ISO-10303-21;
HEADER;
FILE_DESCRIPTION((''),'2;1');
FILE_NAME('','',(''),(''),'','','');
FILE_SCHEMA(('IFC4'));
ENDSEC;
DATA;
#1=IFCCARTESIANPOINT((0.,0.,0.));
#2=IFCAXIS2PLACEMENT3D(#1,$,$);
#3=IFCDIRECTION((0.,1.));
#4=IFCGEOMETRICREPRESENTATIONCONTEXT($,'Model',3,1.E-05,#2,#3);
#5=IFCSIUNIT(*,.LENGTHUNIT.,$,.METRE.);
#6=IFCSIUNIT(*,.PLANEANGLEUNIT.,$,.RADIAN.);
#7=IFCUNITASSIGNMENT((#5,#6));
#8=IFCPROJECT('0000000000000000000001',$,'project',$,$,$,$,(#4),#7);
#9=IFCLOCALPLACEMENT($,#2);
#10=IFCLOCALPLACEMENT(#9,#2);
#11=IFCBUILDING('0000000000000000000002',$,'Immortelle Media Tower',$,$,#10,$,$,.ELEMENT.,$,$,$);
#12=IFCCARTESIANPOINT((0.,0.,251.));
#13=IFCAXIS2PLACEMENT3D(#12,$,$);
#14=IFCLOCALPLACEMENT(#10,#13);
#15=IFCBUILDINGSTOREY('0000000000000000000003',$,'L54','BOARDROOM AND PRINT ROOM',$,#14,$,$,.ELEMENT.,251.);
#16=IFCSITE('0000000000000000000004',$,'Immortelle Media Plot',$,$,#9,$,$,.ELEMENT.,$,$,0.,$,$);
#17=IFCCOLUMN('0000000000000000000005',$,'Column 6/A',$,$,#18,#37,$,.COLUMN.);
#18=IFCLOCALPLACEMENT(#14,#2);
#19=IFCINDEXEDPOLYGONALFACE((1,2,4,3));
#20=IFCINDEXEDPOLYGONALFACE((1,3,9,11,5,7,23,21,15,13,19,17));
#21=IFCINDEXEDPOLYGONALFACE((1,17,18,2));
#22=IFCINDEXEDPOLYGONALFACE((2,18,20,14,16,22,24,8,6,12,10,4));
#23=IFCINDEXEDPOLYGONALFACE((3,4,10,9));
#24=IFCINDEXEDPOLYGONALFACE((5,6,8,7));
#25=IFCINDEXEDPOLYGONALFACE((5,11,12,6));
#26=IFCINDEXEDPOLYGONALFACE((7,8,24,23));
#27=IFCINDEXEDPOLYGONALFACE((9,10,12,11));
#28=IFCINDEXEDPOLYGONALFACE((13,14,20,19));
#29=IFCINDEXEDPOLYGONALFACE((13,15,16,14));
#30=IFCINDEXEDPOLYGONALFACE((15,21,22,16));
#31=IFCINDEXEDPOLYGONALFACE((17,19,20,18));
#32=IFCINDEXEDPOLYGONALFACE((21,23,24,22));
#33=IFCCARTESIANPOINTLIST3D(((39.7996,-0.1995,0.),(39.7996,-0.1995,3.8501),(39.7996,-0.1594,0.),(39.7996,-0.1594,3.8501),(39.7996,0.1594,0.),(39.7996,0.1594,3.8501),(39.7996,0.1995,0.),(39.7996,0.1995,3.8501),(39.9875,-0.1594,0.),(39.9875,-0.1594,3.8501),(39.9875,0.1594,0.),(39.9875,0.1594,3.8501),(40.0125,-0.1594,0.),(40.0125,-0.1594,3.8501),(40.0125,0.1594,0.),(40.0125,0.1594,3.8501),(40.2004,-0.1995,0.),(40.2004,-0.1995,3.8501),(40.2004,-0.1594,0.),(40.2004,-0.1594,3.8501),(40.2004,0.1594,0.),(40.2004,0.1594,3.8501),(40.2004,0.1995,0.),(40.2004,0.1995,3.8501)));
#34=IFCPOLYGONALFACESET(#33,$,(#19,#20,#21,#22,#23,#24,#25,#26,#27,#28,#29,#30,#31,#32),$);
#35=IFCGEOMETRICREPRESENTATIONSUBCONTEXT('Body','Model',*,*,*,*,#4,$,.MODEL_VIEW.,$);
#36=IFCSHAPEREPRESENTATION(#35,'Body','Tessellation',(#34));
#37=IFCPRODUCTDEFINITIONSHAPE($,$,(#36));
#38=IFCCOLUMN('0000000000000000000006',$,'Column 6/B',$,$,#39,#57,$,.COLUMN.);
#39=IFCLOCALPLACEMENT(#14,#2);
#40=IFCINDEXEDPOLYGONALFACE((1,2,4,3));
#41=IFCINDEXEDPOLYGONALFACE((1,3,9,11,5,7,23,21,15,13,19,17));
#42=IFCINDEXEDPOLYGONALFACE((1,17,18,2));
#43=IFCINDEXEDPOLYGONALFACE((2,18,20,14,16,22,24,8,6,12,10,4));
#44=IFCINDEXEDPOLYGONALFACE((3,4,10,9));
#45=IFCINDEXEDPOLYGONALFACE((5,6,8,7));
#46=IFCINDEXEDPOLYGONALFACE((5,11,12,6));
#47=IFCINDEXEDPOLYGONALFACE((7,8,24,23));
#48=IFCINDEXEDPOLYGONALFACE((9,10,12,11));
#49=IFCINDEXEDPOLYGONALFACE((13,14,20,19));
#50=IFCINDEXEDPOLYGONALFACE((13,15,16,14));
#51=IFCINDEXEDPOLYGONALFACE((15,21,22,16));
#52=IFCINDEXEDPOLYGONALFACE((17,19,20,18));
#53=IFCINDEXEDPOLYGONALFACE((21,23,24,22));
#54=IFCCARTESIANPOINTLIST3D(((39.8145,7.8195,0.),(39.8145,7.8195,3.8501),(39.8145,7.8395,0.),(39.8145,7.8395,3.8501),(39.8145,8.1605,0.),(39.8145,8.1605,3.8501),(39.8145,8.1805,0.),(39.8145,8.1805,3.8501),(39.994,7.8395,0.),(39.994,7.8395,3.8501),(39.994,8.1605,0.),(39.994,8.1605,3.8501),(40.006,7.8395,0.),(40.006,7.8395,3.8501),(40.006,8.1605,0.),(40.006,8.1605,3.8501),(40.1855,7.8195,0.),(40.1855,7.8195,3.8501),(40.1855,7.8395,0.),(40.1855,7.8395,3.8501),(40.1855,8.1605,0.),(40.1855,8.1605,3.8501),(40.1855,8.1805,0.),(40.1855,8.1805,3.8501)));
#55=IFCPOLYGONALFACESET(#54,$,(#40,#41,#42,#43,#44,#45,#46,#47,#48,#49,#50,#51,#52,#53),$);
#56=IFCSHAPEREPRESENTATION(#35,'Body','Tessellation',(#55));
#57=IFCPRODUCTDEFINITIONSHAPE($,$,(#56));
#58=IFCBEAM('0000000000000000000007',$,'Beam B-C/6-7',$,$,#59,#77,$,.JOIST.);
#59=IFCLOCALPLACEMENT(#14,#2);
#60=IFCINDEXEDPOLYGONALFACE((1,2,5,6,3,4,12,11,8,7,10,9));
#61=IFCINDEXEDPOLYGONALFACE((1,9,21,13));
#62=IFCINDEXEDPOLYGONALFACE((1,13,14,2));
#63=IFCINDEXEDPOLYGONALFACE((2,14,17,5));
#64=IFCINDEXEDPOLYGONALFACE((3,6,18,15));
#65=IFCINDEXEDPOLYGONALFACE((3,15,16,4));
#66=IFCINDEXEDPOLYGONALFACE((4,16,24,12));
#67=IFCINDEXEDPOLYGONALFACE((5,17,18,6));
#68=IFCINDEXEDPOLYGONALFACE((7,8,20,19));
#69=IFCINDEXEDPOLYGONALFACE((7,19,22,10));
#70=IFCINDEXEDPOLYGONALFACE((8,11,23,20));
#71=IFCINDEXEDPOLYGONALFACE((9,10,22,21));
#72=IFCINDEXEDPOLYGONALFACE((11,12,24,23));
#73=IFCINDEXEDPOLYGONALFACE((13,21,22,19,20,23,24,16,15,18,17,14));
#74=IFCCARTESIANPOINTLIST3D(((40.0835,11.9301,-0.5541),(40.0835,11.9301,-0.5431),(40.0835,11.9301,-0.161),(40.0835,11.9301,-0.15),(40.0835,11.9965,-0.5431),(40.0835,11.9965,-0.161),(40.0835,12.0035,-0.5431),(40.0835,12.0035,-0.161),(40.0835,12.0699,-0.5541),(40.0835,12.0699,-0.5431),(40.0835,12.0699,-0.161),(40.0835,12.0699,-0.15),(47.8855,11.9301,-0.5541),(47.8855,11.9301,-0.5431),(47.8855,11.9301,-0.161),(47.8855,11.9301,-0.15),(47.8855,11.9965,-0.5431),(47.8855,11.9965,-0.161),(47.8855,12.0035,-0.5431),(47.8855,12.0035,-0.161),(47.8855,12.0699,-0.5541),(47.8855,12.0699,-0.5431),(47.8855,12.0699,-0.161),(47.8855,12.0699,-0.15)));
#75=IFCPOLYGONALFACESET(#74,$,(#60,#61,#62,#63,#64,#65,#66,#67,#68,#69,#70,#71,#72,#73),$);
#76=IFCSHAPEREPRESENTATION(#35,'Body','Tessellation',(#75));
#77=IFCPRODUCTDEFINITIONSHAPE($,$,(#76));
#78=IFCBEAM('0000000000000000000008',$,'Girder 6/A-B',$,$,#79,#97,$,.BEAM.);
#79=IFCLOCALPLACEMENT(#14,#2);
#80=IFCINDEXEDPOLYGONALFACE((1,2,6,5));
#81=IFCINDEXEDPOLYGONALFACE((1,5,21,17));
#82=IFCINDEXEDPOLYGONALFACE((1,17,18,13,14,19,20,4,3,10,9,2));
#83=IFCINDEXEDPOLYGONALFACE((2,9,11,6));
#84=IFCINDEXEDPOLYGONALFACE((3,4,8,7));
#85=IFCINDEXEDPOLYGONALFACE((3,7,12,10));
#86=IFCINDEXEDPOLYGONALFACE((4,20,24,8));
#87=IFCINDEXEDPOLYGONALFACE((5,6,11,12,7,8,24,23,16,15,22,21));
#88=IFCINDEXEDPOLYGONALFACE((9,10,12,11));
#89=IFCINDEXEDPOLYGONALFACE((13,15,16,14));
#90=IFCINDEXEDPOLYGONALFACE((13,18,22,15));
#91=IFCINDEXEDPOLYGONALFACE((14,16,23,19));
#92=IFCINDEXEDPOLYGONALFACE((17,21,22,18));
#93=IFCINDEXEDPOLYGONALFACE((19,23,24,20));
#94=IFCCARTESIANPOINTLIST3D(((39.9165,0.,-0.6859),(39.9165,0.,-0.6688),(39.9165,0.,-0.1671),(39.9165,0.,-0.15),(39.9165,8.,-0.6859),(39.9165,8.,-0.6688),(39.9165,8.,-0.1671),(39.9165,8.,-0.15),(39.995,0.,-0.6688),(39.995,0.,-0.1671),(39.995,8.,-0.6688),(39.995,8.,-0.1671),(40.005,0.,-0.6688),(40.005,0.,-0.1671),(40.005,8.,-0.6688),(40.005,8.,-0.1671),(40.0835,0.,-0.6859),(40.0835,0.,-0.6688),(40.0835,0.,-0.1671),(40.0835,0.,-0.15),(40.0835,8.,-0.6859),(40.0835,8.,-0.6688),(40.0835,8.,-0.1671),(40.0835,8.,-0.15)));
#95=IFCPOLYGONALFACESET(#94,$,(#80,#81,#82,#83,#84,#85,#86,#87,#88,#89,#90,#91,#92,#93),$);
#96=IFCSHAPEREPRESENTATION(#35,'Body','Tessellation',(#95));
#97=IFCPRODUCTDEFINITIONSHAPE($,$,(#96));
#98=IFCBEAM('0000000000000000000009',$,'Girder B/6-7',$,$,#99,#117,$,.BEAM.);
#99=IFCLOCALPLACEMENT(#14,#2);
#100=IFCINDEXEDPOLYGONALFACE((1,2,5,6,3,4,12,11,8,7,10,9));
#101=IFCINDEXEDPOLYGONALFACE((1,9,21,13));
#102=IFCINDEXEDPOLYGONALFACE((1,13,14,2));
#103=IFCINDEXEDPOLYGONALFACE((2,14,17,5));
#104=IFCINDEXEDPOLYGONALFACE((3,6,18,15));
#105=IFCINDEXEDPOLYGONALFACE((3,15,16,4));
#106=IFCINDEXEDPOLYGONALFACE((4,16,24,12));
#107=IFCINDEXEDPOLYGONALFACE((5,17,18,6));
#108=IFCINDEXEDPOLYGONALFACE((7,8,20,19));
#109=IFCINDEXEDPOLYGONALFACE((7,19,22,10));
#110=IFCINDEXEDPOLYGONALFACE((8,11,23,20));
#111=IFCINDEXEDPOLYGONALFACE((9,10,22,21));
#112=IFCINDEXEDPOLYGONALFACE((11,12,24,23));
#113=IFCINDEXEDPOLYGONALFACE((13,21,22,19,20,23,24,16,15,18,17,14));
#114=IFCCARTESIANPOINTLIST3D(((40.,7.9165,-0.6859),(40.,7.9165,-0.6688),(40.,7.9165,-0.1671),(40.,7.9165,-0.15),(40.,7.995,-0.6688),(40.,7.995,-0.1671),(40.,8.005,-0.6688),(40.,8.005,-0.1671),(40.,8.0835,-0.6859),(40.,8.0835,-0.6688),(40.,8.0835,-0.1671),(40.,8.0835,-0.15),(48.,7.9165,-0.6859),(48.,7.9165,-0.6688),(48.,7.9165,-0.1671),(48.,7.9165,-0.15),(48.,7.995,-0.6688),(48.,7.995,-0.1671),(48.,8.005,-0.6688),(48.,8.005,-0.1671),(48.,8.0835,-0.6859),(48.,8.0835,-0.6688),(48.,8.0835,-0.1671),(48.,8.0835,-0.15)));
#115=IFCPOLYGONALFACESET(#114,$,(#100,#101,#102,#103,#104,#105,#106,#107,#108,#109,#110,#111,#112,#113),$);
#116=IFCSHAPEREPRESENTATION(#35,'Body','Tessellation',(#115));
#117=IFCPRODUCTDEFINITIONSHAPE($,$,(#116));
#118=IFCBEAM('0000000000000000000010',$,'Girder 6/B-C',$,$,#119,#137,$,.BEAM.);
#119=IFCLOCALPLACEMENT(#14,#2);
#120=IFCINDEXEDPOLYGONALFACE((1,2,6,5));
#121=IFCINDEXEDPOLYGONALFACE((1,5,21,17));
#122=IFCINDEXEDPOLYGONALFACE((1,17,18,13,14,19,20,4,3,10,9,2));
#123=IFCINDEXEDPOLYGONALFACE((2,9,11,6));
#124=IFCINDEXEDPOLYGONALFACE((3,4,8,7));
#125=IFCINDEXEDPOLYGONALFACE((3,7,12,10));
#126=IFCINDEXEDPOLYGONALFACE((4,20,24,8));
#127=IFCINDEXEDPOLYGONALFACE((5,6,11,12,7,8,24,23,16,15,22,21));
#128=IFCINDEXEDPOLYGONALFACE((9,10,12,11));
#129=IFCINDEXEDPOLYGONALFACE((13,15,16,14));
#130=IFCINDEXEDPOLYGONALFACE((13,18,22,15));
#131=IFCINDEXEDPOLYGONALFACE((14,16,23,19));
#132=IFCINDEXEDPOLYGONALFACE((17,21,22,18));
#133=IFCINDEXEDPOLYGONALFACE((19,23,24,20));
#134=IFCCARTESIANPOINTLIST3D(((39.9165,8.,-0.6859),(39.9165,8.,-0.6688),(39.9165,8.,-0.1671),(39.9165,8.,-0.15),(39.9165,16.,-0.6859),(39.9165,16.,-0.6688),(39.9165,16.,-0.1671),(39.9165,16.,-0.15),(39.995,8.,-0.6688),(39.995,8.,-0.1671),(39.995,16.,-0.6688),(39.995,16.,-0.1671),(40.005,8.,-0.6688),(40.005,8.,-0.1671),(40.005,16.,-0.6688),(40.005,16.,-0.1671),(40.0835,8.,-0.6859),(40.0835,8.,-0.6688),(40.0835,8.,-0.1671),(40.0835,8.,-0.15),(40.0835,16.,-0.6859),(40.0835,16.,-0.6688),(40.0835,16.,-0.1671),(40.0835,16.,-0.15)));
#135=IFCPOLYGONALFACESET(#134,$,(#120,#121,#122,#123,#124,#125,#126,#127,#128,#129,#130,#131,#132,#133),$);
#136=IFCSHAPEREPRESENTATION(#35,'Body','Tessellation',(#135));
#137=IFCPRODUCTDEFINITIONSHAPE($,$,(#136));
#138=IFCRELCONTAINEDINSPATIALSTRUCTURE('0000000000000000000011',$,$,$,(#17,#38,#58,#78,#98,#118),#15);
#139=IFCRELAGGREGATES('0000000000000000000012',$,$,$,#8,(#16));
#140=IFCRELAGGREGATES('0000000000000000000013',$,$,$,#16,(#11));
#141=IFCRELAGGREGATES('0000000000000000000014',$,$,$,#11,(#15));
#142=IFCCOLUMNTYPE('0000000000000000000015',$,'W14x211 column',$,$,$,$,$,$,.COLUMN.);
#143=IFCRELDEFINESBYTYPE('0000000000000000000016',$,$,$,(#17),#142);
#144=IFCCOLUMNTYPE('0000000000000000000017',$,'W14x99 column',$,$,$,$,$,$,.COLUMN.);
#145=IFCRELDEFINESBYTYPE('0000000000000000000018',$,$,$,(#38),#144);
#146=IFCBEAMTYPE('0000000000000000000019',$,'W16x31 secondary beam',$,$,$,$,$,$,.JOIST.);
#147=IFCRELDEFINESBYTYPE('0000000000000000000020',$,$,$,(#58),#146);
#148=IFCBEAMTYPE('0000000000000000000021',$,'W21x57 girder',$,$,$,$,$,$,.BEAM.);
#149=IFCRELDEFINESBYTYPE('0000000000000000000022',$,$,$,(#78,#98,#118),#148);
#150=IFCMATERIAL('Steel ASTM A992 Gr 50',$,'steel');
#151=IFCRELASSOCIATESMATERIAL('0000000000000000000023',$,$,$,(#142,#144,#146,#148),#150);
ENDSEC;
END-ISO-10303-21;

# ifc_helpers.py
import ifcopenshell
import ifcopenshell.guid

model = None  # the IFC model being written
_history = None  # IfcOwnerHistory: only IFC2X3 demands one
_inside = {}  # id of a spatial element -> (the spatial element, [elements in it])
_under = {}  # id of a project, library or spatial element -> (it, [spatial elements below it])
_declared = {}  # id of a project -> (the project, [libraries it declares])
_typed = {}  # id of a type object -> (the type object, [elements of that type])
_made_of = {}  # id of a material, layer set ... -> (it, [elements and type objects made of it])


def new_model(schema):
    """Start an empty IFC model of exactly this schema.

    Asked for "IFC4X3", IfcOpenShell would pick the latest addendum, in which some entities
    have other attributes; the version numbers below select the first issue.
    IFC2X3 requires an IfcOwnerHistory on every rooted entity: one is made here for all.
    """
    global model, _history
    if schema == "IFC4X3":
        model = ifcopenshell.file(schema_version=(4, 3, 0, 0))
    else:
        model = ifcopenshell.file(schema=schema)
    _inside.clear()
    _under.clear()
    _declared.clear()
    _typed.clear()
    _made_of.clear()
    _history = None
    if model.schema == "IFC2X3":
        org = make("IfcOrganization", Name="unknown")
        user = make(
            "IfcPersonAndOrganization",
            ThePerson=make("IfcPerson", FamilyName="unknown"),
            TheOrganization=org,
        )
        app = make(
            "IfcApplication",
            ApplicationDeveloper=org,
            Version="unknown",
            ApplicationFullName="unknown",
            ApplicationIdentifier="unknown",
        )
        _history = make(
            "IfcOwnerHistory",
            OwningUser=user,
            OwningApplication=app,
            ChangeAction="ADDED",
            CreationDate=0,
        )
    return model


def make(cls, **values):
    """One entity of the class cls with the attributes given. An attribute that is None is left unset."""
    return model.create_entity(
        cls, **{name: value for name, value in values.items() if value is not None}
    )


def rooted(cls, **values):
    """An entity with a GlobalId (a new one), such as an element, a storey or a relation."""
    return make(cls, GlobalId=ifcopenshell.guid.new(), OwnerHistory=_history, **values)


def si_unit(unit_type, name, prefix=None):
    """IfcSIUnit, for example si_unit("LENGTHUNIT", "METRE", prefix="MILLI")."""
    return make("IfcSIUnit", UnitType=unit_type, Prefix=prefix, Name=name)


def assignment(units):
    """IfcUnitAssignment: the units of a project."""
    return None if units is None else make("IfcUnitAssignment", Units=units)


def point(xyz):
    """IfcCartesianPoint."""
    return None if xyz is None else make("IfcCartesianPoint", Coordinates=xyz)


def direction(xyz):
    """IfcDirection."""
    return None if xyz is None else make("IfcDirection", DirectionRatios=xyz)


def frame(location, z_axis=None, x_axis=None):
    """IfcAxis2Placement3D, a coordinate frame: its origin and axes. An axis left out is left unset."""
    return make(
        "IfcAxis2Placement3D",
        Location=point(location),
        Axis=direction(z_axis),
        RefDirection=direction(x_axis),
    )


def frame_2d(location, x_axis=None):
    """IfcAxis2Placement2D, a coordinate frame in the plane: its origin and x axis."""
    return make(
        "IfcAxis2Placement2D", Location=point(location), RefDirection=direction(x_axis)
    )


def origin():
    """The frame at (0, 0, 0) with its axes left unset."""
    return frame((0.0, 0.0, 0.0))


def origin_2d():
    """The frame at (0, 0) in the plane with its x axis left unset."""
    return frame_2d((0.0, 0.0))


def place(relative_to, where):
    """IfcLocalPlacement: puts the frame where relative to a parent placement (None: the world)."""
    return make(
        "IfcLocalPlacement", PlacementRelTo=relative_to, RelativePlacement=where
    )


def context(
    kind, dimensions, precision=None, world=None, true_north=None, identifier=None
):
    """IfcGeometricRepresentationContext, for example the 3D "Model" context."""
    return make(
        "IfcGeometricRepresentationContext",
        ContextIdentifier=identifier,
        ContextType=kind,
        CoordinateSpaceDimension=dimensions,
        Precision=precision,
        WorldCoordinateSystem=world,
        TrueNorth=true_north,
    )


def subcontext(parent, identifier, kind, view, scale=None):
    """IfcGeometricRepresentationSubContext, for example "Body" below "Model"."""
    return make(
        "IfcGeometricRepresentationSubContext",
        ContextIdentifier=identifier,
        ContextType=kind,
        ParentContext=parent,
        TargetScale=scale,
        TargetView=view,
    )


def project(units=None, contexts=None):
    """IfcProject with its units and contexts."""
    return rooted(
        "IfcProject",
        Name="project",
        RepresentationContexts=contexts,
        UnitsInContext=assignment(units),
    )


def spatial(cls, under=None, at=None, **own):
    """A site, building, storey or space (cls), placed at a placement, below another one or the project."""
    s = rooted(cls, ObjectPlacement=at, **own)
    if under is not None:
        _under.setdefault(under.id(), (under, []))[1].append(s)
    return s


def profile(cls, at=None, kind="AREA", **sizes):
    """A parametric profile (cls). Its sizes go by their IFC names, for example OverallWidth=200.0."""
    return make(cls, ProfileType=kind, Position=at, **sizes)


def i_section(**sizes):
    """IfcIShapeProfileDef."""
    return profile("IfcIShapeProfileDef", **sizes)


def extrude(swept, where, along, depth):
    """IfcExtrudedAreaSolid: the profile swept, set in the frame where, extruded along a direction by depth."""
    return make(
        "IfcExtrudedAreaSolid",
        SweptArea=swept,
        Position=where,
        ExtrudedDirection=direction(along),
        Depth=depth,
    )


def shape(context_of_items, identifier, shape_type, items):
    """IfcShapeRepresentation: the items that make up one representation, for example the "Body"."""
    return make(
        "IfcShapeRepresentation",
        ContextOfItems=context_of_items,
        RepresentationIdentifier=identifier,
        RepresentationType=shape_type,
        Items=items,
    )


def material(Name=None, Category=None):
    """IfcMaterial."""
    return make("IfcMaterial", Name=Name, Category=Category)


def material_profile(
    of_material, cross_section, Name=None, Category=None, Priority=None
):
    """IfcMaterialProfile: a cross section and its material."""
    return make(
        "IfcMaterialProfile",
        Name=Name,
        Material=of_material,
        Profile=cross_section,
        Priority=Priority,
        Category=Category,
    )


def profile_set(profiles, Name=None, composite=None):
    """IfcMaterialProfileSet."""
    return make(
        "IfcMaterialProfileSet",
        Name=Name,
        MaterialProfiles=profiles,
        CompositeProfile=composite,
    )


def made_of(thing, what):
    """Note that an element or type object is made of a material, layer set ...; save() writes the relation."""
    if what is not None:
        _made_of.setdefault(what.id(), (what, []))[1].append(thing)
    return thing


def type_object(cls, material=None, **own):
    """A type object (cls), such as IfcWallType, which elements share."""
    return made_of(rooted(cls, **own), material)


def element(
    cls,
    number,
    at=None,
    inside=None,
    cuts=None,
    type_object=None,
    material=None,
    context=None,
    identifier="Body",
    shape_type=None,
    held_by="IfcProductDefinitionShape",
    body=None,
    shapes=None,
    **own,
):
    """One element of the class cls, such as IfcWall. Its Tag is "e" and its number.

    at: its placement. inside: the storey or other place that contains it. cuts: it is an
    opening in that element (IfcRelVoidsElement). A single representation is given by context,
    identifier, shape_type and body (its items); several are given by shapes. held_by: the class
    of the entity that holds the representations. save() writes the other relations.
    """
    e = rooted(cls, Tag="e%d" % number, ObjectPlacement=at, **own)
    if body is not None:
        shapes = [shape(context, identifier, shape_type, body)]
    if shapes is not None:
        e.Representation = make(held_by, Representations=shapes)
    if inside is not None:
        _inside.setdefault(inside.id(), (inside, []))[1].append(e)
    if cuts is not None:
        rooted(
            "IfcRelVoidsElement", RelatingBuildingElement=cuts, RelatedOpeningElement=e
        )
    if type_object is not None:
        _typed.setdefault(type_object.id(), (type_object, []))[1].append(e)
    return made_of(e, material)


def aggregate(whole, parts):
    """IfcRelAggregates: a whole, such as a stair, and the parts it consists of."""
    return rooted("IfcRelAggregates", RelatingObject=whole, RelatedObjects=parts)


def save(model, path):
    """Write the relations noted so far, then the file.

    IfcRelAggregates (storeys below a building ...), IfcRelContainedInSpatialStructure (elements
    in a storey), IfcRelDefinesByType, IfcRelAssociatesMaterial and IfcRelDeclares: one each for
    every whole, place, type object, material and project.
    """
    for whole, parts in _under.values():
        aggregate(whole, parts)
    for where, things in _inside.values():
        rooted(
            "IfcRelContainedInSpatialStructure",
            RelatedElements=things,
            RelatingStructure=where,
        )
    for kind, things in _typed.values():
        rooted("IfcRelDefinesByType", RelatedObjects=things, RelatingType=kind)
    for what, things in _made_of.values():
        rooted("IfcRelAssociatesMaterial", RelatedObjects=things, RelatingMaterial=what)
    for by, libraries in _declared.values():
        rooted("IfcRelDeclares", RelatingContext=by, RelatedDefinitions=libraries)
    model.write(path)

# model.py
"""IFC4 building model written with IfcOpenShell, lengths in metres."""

from ifc_helpers import new_model, si_unit, direction, frame, origin, origin_2d, place, context, subcontext, project, spatial, i_section, extrude, material, material_profile, profile_set, type_object, element, save


model = new_model("IFC4")

# Units and contexts
model_context = context("Model", 3, precision=1e-05, world=origin(), true_north=direction((0.0, 1.0)))
body_context = subcontext(model_context, "Body", "Model", "MODEL_VIEW")
ifc_project = project(units=[si_unit("LENGTHUNIT", "METRE"), si_unit("PLANEANGLEUNIT", "RADIAN")], contexts=[model_context])

# Site, building, storey
site_placement = place(None, origin())
site = spatial("IfcSite", under=ifc_project, at=site_placement, Name="Immortelle Media Plot", CompositionType="ELEMENT", RefElevation=0.0)
building_placement = place(site_placement, origin())
building = spatial("IfcBuilding", under=site, at=building_placement, Name="Immortelle Media Tower", CompositionType="ELEMENT")
storey_placement = place(building_placement, frame((0.0, 0.0, 251.0)))
storey = spatial("IfcBuildingStorey", under=building, at=storey_placement, Name="L54", Description="BOARDROOM AND PRINT ROOM", CompositionType="ELEMENT", Elevation=251.0)

# Columns
ifc_material_1 = material(Name="Steel ASTM A992 Gr 50", Category="steel")
ifc_material_profile_1 = material_profile(ifc_material_1, i_section(OverallWidth=0.4009, OverallDepth=0.3989, WebThickness=0.0249, FlangeThickness=0.04, at=origin_2d()), Name="W14x211")
ifc_profile_set_1 = profile_set([ifc_material_profile_1], Name="Steel ASTM A992 Gr 50")
column_type_1 = type_object("IfcColumnType", Name="W14x211 column", PredefinedType="COLUMN", material=ifc_profile_set_1)
column_1_placement = place(storey_placement, frame((40.0, 0.0, 0.0), z_axis=(0.0, 0.0, 1.0), x_axis=(1.0, 0.0, 0.0)))
element("IfcColumn", 1, at=column_1_placement, inside=storey, type_object=column_type_1, Name="Column 6/A", PredefinedType="COLUMN", context=body_context, shape_type="SweptSolid", body=[
    extrude(i_section(OverallWidth=0.4009, OverallDepth=0.3989, WebThickness=0.0249, FlangeThickness=0.04, at=origin_2d()), origin(), (0.0, 0.0, 1.0), 3.8501),
])
ifc_material_profile_2 = material_profile(ifc_material_1, i_section(OverallWidth=0.3711, OverallDepth=0.3611, WebThickness=0.012, FlangeThickness=0.02, at=origin_2d()), Name="W14x99")
ifc_profile_set_2 = profile_set([ifc_material_profile_2], Name="Steel ASTM A992 Gr 50")
column_type_2 = type_object("IfcColumnType", Name="W14x99 column", PredefinedType="COLUMN", material=ifc_profile_set_2)
column_2_placement = place(storey_placement, frame((40.0, 8.0, 0.0), z_axis=(0.0, 0.0, 1.0), x_axis=(1.0, 0.0, 0.0)))
element("IfcColumn", 2, at=column_2_placement, inside=storey, type_object=column_type_2, Name="Column 6/B", PredefinedType="COLUMN", context=body_context, shape_type="SweptSolid", body=[
    extrude(i_section(OverallWidth=0.3711, OverallDepth=0.3611, WebThickness=0.012, FlangeThickness=0.02, at=origin_2d()), origin(), (0.0, 0.0, 1.0), 3.8501),
])

# Beams
ifc_material_profile_3 = material_profile(ifc_material_1, i_section(OverallWidth=0.1399, OverallDepth=0.4041, WebThickness=0.0071, FlangeThickness=0.011, at=origin_2d()), Name="W16x31")
ifc_profile_set_3 = profile_set([ifc_material_profile_3], Name="Steel ASTM A992 Gr 50")
beam_type_1 = type_object("IfcBeamType", Name="W16x31 secondary beam", PredefinedType="JOIST", material=ifc_profile_set_3)
beam_placement = place(storey_placement, frame((40.0835, 12.0, -0.3521), z_axis=(1.0, 0.0, 0.0), x_axis=(0.0, 1.0, 0.0)))
element("IfcBeam", 3, at=beam_placement, inside=storey, type_object=beam_type_1, Name="Beam B-C/6-7", PredefinedType="JOIST", context=body_context, shape_type="SweptSolid", body=[
    extrude(i_section(OverallWidth=0.1399, OverallDepth=0.4041, WebThickness=0.0071, FlangeThickness=0.011, at=origin_2d()), origin(), (0.0, 0.0, 1.0), 7.802),
])
ifc_material_profile_4 = material_profile(ifc_material_1, i_section(OverallWidth=0.167, OverallDepth=0.5359, WebThickness=0.01, FlangeThickness=0.0171, at=origin_2d()), Name="W21x57")
ifc_profile_set_4 = profile_set([ifc_material_profile_4], Name="Steel ASTM A992 Gr 50")
beam_type_2 = type_object("IfcBeamType", Name="W21x57 girder", PredefinedType="BEAM", material=ifc_profile_set_4)
for number, where, z_axis, x_axis, name in (
    (4, (40.0, 0.0, -0.418), (0.0, 1.0, 0.0), (-1.0, 0.0, 0.0), "Girder 6/A-B"),
    (5, (40.0, 8.0, -0.418), (1.0, 0.0, 0.0), (0.0, 1.0, 0.0), "Girder B/6-7"),
    (6, (40.0, 8.0, -0.418), (0.0, 1.0, 0.0), (-1.0, 0.0, 0.0), "Girder 6/B-C"),
):
    element("IfcBeam", number, at=place(storey_placement, frame(where, z_axis=z_axis, x_axis=x_axis)), inside=storey, type_object=beam_type_2, Name=name, PredefinedType="BEAM", context=body_context, shape_type="SweptSolid", body=[
        extrude(i_section(OverallWidth=0.167, OverallDepth=0.5359, WebThickness=0.01, FlangeThickness=0.0171, at=origin_2d()), origin(), (0.0, 0.0, 1.0), 8.0),
    ])

save(model, "model.ifc")
